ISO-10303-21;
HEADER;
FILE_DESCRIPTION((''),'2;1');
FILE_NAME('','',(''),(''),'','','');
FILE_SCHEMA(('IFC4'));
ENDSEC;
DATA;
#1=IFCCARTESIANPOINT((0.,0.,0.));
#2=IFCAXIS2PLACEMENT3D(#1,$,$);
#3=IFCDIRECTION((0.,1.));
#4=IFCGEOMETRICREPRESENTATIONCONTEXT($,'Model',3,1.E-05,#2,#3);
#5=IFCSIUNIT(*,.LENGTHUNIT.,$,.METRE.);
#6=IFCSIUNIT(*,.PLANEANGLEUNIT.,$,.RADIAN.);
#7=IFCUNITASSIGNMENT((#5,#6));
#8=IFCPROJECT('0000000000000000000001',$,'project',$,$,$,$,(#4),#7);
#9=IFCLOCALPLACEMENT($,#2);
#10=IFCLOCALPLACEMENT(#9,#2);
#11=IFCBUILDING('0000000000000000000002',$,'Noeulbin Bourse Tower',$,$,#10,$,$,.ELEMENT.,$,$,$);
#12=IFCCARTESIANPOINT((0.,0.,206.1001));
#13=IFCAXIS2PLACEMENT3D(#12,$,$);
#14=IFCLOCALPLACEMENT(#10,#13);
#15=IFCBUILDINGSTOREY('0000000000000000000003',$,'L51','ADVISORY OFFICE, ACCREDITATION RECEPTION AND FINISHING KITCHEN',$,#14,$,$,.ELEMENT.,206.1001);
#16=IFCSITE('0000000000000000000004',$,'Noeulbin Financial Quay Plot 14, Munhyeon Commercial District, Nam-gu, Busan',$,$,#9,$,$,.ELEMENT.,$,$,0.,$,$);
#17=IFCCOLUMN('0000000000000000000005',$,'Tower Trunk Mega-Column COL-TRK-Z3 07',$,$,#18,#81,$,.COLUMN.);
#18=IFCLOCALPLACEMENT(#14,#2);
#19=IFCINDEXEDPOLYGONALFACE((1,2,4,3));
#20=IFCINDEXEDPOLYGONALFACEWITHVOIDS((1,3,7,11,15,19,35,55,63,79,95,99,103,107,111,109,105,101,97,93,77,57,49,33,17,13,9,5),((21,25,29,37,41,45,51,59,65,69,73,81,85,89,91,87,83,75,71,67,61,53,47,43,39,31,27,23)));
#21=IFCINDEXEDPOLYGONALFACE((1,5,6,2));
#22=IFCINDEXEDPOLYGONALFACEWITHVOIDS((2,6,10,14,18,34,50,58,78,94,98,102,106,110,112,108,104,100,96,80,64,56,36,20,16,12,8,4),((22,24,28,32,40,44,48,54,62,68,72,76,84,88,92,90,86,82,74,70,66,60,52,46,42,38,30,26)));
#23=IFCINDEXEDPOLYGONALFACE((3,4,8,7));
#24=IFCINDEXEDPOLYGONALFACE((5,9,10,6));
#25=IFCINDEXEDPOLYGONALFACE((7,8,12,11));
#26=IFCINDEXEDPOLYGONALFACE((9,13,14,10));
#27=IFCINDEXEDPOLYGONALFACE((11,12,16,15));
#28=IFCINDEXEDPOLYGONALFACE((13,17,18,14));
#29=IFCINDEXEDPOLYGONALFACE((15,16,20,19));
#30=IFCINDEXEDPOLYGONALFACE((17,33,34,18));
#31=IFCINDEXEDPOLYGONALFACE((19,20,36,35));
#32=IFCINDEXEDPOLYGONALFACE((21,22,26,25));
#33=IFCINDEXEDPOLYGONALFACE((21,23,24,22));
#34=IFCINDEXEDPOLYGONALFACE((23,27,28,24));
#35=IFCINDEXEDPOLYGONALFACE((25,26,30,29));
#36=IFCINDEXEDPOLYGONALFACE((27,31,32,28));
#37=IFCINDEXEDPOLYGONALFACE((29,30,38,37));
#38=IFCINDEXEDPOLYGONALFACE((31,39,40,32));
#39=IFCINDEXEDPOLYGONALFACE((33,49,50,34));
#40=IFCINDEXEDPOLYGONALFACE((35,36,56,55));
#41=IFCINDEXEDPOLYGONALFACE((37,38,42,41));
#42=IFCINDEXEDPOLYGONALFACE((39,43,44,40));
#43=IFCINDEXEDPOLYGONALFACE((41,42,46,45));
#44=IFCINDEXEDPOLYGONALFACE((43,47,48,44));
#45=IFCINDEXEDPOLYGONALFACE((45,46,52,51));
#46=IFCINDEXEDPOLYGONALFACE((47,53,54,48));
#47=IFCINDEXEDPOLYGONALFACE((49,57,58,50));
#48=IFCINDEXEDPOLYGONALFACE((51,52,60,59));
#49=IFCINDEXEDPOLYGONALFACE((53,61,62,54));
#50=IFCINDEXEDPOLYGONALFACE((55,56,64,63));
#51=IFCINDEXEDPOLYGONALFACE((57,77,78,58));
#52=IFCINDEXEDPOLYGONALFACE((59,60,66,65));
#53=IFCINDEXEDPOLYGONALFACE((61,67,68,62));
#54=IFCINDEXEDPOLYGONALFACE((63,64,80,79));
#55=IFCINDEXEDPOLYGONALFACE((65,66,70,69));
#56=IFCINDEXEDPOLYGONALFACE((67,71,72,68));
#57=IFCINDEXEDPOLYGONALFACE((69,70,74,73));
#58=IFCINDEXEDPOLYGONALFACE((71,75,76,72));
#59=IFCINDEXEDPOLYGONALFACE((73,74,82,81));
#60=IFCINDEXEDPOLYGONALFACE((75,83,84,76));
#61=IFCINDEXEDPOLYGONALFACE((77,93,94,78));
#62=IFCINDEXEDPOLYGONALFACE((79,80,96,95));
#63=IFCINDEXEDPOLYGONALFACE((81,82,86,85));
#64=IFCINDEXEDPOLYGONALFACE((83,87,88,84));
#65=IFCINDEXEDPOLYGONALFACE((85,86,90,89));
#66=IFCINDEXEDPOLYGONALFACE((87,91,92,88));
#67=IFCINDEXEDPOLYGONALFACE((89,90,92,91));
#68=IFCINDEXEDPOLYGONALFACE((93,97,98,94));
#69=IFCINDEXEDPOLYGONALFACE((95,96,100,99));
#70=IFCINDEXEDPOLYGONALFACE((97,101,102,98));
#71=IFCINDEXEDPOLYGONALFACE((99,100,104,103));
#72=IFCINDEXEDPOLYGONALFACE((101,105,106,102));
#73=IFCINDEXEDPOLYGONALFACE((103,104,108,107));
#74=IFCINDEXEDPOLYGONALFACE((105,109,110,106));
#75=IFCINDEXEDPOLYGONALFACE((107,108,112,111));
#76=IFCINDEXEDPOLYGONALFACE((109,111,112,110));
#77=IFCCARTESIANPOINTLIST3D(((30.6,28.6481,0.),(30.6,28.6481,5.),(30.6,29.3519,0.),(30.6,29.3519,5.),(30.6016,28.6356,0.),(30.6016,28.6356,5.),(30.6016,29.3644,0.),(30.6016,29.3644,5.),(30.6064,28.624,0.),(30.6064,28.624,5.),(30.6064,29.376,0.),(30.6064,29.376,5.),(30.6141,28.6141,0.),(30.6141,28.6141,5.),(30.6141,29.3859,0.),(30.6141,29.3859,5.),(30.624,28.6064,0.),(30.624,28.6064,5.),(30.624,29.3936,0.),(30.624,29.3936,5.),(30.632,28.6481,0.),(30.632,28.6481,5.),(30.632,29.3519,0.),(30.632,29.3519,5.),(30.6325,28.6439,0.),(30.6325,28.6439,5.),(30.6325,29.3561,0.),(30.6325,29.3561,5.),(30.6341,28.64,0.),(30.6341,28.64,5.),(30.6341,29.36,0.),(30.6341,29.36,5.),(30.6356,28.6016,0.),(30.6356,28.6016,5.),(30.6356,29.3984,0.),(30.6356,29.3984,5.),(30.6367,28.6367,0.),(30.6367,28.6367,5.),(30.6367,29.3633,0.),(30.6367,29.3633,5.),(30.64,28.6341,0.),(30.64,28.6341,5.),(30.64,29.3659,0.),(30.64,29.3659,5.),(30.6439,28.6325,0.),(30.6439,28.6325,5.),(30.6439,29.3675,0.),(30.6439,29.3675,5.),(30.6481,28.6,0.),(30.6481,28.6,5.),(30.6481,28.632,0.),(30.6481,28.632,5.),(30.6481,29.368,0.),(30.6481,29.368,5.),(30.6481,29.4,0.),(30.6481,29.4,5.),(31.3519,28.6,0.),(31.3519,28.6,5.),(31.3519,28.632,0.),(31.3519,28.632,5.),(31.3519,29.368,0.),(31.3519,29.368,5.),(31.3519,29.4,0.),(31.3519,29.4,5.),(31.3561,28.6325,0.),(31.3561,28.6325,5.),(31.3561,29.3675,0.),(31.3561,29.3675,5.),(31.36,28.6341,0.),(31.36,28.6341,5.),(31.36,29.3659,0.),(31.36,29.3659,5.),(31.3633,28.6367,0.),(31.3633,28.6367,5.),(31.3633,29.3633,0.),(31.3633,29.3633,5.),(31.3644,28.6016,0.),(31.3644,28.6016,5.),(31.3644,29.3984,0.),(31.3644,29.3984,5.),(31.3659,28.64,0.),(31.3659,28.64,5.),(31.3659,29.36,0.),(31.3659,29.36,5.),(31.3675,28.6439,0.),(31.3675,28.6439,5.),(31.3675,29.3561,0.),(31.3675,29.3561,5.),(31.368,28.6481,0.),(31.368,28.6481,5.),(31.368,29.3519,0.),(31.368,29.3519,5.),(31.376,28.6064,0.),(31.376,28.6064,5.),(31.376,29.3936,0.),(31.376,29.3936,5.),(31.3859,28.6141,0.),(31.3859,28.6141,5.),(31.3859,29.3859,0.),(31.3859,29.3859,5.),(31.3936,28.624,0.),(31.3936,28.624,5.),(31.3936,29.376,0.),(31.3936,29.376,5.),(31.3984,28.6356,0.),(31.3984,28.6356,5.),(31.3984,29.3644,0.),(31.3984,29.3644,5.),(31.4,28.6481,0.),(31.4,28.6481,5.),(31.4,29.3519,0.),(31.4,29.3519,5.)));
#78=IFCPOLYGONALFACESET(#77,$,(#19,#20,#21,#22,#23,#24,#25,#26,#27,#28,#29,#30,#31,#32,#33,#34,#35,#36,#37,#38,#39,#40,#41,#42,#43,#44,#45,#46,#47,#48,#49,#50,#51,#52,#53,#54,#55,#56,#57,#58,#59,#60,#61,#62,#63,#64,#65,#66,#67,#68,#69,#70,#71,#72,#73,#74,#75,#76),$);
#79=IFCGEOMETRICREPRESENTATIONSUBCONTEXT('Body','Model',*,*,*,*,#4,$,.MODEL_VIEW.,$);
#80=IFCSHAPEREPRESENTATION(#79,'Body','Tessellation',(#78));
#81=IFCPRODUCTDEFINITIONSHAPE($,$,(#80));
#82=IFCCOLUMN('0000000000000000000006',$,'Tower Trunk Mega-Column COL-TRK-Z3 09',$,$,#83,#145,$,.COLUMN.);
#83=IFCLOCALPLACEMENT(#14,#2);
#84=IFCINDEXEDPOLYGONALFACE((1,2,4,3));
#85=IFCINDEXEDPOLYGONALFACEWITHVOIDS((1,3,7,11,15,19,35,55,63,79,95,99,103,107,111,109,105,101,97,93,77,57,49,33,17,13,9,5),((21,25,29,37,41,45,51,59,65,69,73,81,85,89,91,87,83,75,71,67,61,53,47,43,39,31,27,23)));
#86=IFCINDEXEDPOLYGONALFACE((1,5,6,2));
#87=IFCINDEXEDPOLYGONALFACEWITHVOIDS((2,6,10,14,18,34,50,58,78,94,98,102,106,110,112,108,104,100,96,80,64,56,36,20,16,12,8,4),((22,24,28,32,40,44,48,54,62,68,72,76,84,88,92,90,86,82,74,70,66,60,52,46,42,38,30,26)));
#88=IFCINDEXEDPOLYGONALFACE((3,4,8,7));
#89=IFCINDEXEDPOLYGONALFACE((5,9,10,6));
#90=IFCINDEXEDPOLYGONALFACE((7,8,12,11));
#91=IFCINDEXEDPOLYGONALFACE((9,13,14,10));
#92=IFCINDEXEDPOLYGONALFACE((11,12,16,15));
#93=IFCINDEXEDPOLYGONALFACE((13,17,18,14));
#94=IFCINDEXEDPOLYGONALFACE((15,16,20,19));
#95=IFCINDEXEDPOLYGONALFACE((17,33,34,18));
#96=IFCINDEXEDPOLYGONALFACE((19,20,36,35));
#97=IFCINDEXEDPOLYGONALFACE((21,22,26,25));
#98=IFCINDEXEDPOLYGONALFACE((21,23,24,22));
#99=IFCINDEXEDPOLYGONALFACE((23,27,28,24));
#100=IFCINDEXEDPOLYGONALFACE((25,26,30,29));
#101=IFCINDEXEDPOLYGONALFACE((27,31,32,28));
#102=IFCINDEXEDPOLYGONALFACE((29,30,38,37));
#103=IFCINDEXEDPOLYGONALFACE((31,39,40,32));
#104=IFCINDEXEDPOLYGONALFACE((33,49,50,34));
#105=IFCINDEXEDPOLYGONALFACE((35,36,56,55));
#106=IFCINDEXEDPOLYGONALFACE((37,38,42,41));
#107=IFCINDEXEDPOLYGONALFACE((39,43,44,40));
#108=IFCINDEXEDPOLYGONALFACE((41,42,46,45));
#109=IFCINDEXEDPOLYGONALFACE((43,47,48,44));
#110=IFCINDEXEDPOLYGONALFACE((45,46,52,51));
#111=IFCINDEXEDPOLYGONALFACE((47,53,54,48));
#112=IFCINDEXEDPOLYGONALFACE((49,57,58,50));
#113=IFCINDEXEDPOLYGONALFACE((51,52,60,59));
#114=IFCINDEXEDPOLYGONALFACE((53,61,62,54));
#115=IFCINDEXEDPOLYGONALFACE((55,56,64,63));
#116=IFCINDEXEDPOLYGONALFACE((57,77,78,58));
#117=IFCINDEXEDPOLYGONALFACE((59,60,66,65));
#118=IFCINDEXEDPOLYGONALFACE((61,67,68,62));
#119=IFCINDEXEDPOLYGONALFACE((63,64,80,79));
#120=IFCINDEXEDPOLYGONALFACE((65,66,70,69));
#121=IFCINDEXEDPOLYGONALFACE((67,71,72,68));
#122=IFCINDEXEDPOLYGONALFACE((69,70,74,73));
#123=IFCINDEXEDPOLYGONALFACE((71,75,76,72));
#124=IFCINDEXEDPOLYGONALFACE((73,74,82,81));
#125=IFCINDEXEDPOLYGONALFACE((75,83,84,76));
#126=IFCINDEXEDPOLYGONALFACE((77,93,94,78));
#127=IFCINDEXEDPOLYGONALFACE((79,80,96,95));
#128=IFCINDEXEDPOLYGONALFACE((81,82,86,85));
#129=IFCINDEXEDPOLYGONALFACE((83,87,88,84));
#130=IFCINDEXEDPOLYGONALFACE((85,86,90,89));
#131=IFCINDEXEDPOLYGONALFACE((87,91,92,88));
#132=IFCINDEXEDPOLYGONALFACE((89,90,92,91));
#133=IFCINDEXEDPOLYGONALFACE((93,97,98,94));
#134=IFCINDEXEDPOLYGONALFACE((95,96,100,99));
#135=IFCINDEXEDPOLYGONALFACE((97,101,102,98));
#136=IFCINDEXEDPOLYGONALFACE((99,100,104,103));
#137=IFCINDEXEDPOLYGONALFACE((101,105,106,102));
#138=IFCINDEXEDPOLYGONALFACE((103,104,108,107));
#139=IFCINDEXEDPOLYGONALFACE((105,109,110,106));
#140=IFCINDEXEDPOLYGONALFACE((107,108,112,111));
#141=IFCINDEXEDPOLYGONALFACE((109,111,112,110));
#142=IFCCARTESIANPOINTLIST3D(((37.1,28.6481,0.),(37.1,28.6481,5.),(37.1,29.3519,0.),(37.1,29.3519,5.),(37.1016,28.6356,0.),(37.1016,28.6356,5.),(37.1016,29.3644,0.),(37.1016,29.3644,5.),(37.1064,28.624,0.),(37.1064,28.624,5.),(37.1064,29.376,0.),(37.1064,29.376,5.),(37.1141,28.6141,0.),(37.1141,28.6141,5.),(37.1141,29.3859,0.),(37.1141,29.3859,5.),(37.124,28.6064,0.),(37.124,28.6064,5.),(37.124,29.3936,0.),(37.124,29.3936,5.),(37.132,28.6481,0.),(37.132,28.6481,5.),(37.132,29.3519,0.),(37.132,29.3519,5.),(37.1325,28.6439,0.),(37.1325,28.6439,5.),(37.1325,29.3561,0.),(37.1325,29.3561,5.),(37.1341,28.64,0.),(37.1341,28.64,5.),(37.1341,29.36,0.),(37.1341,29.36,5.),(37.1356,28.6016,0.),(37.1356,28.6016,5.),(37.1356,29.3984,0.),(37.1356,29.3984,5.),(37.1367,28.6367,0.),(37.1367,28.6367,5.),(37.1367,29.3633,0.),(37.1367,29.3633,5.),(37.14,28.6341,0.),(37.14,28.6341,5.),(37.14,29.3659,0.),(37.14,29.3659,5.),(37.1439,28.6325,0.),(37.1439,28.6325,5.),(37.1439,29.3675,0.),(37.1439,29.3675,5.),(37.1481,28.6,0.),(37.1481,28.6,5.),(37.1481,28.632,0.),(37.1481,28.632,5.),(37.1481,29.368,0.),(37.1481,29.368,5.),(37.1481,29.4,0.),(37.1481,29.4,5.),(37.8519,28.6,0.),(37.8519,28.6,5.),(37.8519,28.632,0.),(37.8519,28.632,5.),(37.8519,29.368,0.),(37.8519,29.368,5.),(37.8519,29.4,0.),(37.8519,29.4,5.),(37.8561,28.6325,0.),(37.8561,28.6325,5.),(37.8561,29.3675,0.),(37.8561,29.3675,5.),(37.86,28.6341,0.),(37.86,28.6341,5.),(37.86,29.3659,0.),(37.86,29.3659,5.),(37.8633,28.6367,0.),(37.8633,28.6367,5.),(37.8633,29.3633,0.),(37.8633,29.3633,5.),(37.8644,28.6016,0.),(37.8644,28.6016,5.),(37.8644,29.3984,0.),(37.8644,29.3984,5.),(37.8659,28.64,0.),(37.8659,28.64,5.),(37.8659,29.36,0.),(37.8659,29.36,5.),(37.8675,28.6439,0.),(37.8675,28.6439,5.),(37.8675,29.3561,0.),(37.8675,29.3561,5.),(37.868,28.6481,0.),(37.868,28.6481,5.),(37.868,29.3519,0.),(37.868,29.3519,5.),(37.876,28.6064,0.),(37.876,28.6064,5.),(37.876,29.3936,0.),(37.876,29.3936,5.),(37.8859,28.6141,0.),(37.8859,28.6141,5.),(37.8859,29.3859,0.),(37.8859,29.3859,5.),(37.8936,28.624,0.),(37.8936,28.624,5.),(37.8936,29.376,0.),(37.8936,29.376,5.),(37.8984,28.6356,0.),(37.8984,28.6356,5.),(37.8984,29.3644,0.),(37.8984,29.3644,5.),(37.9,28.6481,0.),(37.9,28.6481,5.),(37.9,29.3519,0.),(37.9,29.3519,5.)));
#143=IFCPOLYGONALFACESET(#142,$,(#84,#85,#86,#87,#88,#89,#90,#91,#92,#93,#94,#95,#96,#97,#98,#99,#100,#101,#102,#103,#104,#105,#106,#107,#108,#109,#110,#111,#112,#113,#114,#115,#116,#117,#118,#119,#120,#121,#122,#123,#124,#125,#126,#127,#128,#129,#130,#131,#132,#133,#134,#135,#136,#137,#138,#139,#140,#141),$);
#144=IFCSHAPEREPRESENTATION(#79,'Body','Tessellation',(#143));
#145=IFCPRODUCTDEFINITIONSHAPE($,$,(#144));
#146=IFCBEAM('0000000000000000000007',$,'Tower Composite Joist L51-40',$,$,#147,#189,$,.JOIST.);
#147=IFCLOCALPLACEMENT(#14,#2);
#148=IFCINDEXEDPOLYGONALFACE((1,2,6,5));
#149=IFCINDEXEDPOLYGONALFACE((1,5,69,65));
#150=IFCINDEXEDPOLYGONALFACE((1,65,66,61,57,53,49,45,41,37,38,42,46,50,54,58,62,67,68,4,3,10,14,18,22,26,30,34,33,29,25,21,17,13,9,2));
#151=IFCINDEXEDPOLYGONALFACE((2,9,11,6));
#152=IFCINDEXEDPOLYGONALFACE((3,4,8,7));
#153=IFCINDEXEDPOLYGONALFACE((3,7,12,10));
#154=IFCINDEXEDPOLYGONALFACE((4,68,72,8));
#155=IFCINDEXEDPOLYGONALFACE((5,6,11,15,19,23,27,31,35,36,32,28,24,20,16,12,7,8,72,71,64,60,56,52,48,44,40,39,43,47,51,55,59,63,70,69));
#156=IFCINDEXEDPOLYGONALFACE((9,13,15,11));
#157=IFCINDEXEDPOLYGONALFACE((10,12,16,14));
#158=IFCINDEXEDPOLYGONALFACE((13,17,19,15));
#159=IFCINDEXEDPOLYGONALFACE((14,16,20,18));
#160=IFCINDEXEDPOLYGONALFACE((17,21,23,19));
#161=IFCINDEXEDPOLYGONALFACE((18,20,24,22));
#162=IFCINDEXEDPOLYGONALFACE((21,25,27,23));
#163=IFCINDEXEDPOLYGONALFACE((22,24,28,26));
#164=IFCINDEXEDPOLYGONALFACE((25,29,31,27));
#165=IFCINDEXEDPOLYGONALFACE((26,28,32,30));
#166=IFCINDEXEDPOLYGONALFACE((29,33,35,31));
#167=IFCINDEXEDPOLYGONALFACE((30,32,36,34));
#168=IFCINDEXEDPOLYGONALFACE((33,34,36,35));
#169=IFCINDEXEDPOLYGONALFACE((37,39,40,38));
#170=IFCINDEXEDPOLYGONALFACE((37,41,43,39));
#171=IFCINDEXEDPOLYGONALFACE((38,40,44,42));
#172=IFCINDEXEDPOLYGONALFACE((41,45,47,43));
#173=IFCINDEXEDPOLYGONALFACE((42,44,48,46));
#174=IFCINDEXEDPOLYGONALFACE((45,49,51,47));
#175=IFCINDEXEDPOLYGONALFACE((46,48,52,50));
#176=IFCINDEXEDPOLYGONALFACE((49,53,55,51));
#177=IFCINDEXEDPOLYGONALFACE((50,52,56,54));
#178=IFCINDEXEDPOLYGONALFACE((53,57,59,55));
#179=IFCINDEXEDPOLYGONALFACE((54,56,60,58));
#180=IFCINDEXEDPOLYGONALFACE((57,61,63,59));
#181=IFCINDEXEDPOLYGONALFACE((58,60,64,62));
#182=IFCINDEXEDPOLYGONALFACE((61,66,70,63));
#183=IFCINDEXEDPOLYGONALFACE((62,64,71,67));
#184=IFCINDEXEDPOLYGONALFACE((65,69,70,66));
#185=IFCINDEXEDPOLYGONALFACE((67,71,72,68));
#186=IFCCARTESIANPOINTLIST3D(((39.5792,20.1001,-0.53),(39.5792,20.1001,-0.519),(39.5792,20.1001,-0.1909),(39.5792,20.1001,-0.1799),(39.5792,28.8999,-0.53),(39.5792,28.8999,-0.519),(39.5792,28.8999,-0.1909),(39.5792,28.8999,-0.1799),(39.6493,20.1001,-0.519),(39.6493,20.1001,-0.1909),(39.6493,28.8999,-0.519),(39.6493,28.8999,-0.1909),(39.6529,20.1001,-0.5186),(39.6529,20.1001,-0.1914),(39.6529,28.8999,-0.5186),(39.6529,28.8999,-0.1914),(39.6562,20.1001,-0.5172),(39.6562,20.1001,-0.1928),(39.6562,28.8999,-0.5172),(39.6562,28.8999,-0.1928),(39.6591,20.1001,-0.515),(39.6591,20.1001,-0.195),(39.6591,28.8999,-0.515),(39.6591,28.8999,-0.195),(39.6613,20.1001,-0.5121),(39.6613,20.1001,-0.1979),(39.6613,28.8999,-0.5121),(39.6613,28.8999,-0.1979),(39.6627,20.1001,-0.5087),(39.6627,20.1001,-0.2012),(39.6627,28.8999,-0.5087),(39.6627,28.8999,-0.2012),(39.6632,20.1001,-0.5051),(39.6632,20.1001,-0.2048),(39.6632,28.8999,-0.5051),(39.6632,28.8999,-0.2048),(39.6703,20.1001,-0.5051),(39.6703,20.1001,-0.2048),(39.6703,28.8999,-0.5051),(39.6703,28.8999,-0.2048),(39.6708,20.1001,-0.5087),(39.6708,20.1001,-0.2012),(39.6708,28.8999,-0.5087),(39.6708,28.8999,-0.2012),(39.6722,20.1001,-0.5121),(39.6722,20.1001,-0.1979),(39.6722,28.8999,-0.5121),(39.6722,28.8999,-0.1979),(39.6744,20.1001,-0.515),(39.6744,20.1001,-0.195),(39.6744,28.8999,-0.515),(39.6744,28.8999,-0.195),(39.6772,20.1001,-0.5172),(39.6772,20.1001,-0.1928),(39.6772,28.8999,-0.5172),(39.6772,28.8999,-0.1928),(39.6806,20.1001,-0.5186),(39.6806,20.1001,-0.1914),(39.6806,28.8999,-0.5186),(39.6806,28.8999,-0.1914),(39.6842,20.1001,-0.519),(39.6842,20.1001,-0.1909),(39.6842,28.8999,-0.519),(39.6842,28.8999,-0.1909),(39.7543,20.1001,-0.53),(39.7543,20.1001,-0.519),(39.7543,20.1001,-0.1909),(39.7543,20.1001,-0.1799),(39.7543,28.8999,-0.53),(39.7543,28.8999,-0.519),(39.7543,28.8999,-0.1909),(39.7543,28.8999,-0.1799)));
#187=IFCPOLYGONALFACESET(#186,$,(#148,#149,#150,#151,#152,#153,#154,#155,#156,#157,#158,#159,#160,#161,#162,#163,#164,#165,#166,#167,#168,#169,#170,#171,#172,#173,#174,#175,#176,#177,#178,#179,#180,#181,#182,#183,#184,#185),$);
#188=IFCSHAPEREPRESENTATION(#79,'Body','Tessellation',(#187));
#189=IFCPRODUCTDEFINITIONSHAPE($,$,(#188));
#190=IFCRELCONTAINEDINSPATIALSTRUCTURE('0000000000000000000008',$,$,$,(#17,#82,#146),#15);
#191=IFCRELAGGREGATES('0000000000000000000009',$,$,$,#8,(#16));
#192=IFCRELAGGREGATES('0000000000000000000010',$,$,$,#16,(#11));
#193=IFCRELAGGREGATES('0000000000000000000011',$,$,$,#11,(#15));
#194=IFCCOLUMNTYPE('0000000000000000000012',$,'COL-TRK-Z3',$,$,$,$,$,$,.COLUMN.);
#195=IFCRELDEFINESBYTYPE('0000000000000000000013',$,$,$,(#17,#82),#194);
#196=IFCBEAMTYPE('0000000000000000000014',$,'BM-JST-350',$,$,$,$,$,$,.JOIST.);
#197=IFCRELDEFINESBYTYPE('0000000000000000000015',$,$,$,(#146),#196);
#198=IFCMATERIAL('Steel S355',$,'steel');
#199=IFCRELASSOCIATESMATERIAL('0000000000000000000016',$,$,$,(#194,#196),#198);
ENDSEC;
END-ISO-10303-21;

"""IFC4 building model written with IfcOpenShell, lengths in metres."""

from ifc_helpers import new_model, si_unit, direction, frame, origin, origin_2d, place, context, subcontext, project, spatial, hollow_rectangle, i_section, extrude, material, material_profile, profile_set, type_object, element, save


model = new_model("IFC4")

# Units and contexts
model_context = context("Model", 3, precision=1e-05, world=origin(), true_north=direction((0.0, 1.0)))
body_context = subcontext(model_context, "Body", "Model", "MODEL_VIEW")
ifc_project = project(units=[si_unit("LENGTHUNIT", "METRE"), si_unit("PLANEANGLEUNIT", "RADIAN")], contexts=[model_context])

# Site, building, storey
site_placement = place(None, origin())
site = spatial("IfcSite", under=ifc_project, at=site_placement, Name="Noeulbin Financial Quay Plot 14, Munhyeon Commercial District, Nam-gu, Busan", CompositionType="ELEMENT", RefElevation=0.0)
building_placement = place(site_placement, origin())
building = spatial("IfcBuilding", under=site, at=building_placement, Name="Noeulbin Bourse Tower", CompositionType="ELEMENT")
storey_placement = place(building_placement, frame((0.0, 0.0, 206.1001)))
storey = spatial("IfcBuildingStorey", under=building, at=storey_placement, Name="L51", Description="ADVISORY OFFICE, ACCREDITATION RECEPTION AND FINISHING KITCHEN", CompositionType="ELEMENT", Elevation=206.1001)

# Columns
ifc_material_1 = material(Name="Steel S355", Category="steel")
ifc_material_profile_1 = material_profile(ifc_material_1, hollow_rectangle(XDim=0.8, YDim=0.8, WallThickness=0.032, InnerFilletRadius=0.0161, OuterFilletRadius=0.0481, at=origin_2d()), Name="BOX-800x800x32", Category="LoadBearing")
ifc_profile_set_1 = profile_set([ifc_material_profile_1], Name="Steel S355")
column_type = type_object("IfcColumnType", Name="COL-TRK-Z3", PredefinedType="COLUMN", material=ifc_profile_set_1)
for number, where, z_axis, x_axis, name in (
    (1, (31.0, 29.0, 0.0), (0.0, 0.0, 1.0), (1.0, 0.0, 0.0), "Tower Trunk Mega-Column COL-TRK-Z3 07"),
    (2, (37.5, 29.0, 0.0), (0.0, 0.0, 1.0), (1.0, 0.0, 0.0), "Tower Trunk Mega-Column COL-TRK-Z3 09"),
):
    element("IfcColumn", number, at=place(storey_placement, frame(where, z_axis=z_axis, x_axis=x_axis)), inside=storey, type_object=column_type, Name=name, PredefinedType="COLUMN", context=body_context, shape_type="SweptSolid", body=[
        extrude(hollow_rectangle(XDim=0.8, YDim=0.8, WallThickness=0.032, InnerFilletRadius=0.0161, OuterFilletRadius=0.0481, at=origin_2d()), origin(), (0.0, 0.0, 1.0), 5.0),
    ])

# Beam
ifc_material_profile_2 = material_profile(ifc_material_1, i_section(OverallWidth=0.175, OverallDepth=0.3501, WebThickness=0.0071, FlangeThickness=0.011, FilletRadius=0.0139, at=origin_2d()), Name="H-350x175x7x11", Category="LoadBearing")
ifc_profile_set_2 = profile_set([ifc_material_profile_2], Name="Steel S355")
beam_type_1 = type_object("IfcBeamType", Name="BM-JST-350", PredefinedType="JOIST", material=ifc_profile_set_2)
for number, where, z_axis, x_axis, name in (
    (3, (39.6667, 20.1001, -0.355), (0.0, 1.0, 0.0), (-1.0, 0.0, 0.0), "Tower Composite Joist L51-40"),
):
    element("IfcBeam", number, at=place(storey_placement, frame(where, z_axis=z_axis, x_axis=x_axis)), inside=storey, type_object=beam_type_1, Name=name, PredefinedType="JOIST", context=body_context, shape_type="SweptSolid", body=[
        extrude(i_section(OverallWidth=0.175, OverallDepth=0.3501, WebThickness=0.0071, FlangeThickness=0.011, FilletRadius=0.0139, at=origin_2d()), origin(), (0.0, 0.0, 1.0), 8.7998),
    ])

save(model, "model.ifc")
